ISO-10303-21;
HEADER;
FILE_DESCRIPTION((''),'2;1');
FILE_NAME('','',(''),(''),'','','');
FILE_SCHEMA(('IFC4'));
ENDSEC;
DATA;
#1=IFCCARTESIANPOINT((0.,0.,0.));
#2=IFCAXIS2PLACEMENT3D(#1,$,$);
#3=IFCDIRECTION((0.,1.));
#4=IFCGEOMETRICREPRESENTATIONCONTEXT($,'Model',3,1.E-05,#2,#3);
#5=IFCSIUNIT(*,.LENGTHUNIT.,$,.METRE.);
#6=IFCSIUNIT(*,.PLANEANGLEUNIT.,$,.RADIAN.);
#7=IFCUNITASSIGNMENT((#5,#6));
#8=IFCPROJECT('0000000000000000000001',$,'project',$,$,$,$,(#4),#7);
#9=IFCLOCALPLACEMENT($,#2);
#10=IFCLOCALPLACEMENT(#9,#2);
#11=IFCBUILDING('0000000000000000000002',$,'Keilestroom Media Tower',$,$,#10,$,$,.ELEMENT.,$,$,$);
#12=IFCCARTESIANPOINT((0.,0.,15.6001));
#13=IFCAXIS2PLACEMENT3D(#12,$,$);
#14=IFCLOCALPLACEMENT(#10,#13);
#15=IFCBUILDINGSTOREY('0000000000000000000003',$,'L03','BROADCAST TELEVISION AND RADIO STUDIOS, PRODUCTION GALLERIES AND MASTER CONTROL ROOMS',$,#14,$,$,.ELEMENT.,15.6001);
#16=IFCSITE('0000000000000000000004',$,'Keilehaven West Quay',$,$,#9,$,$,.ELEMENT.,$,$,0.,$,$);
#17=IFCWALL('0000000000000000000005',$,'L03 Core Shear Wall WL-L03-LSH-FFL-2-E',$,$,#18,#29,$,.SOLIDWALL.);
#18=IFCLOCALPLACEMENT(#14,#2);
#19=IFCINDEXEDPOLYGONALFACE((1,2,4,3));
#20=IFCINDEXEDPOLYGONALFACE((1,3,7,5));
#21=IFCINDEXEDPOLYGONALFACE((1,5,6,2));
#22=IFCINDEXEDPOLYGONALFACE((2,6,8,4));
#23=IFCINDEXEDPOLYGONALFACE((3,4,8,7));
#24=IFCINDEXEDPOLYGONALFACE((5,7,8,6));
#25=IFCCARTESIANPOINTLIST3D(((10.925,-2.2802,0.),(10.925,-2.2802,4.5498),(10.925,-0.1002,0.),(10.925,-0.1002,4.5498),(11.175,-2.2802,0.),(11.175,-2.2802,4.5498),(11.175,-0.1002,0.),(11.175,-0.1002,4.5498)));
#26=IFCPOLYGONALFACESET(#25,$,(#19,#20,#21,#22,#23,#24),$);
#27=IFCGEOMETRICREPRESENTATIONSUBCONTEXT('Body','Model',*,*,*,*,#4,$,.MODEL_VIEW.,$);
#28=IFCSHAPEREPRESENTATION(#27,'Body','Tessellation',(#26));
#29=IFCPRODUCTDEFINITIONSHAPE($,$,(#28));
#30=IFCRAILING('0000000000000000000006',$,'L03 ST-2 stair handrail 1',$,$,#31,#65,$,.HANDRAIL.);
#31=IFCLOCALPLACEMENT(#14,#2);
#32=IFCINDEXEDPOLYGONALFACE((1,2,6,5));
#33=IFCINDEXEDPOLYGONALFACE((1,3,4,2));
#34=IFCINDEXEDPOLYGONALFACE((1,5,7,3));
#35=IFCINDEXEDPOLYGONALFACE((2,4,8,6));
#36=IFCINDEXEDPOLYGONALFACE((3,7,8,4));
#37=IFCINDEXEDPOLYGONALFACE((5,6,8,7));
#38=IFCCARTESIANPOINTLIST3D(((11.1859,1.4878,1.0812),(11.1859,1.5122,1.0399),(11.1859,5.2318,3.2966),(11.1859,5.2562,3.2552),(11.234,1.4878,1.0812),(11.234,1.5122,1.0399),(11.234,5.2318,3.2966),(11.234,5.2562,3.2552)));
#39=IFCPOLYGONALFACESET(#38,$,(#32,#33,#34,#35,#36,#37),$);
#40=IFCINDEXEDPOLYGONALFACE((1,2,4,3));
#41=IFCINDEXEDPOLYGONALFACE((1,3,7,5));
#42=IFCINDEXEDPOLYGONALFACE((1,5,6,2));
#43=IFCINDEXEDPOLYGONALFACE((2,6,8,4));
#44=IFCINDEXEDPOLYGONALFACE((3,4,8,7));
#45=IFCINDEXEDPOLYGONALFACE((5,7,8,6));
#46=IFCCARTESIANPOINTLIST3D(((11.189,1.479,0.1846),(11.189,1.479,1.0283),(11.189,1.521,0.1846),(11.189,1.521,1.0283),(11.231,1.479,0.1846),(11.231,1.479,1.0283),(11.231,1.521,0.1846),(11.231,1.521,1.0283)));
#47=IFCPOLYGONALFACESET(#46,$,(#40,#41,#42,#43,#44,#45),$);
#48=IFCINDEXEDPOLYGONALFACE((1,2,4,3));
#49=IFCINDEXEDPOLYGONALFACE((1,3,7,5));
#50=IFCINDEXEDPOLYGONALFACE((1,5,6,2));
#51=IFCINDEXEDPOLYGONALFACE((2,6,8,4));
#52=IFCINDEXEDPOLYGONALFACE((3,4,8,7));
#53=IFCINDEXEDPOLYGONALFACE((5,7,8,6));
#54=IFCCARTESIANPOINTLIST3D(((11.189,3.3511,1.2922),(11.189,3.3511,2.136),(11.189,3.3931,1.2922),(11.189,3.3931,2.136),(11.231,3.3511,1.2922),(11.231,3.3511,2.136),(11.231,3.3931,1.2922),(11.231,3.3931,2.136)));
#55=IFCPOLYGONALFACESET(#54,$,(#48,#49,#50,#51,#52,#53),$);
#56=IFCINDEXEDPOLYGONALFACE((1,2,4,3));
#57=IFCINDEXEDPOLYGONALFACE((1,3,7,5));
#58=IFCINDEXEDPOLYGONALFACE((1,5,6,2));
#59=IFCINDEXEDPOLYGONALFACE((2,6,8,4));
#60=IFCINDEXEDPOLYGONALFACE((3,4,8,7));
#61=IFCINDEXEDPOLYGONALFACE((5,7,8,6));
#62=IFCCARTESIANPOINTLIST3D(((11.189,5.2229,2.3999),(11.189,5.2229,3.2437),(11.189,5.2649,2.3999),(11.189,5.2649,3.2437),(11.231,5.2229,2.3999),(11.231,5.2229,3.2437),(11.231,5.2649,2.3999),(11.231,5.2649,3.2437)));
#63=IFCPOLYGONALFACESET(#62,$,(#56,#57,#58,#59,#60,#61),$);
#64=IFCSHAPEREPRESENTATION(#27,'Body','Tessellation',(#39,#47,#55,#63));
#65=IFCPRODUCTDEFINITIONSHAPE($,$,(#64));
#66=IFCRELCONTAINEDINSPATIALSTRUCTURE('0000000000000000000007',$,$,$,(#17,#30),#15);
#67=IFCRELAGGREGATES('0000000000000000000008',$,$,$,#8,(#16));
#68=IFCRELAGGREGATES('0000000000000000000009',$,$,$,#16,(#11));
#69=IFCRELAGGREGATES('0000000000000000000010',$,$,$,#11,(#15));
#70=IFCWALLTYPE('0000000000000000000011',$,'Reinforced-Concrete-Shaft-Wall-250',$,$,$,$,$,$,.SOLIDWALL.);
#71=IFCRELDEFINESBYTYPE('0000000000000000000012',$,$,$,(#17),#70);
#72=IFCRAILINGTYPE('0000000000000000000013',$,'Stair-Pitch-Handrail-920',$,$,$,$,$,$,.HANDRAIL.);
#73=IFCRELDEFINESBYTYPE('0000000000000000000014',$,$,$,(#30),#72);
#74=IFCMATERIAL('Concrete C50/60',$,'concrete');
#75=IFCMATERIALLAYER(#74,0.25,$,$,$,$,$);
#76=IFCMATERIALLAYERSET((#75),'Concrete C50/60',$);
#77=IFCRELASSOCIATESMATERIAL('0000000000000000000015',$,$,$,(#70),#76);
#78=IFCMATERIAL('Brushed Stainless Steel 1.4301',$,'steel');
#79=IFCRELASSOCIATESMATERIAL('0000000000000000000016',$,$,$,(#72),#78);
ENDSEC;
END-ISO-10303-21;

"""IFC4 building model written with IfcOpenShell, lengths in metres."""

from ifc_helpers import new_model, si_unit, direction, frame, frame_2d, origin, origin_2d, place, context, subcontext, project, spatial, rectangle, extrude, material, layer, layer_set, type_object, element, save


model = new_model("IFC4")

# Units and contexts
model_context = context("Model", 3, precision=1e-05, world=origin(), true_north=direction((0.0, 1.0)))
body_context = subcontext(model_context, "Body", "Model", "MODEL_VIEW")
ifc_project = project(units=[si_unit("LENGTHUNIT", "METRE"), si_unit("PLANEANGLEUNIT", "RADIAN")], contexts=[model_context])

# Site, building, storey
site_placement = place(None, origin())
site = spatial("IfcSite", under=ifc_project, at=site_placement, Name="Keilehaven West Quay", CompositionType="ELEMENT", RefElevation=0.0)
building_placement = place(site_placement, origin())
building = spatial("IfcBuilding", under=site, at=building_placement, Name="Keilestroom Media Tower", CompositionType="ELEMENT")
storey_placement = place(building_placement, frame((0.0, 0.0, 15.6001)))
storey = spatial("IfcBuildingStorey", under=building, at=storey_placement, Name="L03", Description="BROADCAST TELEVISION AND RADIO STUDIOS, PRODUCTION GALLERIES AND MASTER CONTROL ROOMS", CompositionType="ELEMENT", Elevation=15.6001)

# Wall
ifc_material_1 = material(Name="Concrete C50/60", Category="concrete")
ifc_layer_1 = layer(ifc_material_1, 0.25)
ifc_layer_set_1 = layer_set([ifc_layer_1], Name="Concrete C50/60")
wall_type_1 = type_object("IfcWallType", Name="Reinforced-Concrete-Shaft-Wall-250", PredefinedType="SOLIDWALL", material=ifc_layer_set_1)
wall_1_placement = place(storey_placement, frame((11.05, -2.28, 0.0), z_axis=(0.0, 0.0, 1.0), x_axis=(0.0, 1.0, 0.0)))
element("IfcWall", 1, at=wall_1_placement, inside=storey, type_object=wall_type_1, Name="L03 Core Shear Wall WL-L03-LSH-FFL-2-E", PredefinedType="SOLIDWALL", context=body_context, shape_type="SweptSolid", body=[
    extrude(rectangle(XDim=2.1799, YDim=0.25, at=frame_2d((1.0898, 0.0))), origin(), (0.0, 0.0, 1.0), 4.5498),
])

# Railing
ifc_material_2 = material(Name="Brushed Stainless Steel 1.4301", Category="steel")
railing_type = type_object("IfcRailingType", Name="Stair-Pitch-Handrail-920", PredefinedType="HANDRAIL", material=ifc_material_2)
railing_placement = place(storey_placement, frame((11.21, 1.5, 0.1846)))
element("IfcRailing", 2, at=railing_placement, inside=storey, type_object=railing_type, Name="L03 ST-2 stair handrail 1", PredefinedType="HANDRAIL", context=body_context, shape_type="SweptSolid", body=[
    extrude(rectangle(XDim=0.0481, YDim=0.0481, at=origin_2d()), frame((0.0, 0.0, 0.876), z_axis=(0.0, 0.860621, 0.509245), x_axis=(-1.0, 0.0, 0.0)), (0.0, 0.0, 1.0), 4.3503),
    extrude(rectangle(XDim=0.042, YDim=0.042, at=origin_2d()), origin(), (0.0, 0.0, 1.0), 0.8438),
    extrude(rectangle(XDim=0.042, YDim=0.042, at=origin_2d()), frame((0.0, 1.8721, 1.1077)), (0.0, 0.0, 1.0), 0.8438),
    extrude(rectangle(XDim=0.042, YDim=0.042, at=origin_2d()), frame((0.0, 3.7439, 2.2153)), (0.0, 0.0, 1.0), 0.8438),
])

save(model, "model.ifc")
